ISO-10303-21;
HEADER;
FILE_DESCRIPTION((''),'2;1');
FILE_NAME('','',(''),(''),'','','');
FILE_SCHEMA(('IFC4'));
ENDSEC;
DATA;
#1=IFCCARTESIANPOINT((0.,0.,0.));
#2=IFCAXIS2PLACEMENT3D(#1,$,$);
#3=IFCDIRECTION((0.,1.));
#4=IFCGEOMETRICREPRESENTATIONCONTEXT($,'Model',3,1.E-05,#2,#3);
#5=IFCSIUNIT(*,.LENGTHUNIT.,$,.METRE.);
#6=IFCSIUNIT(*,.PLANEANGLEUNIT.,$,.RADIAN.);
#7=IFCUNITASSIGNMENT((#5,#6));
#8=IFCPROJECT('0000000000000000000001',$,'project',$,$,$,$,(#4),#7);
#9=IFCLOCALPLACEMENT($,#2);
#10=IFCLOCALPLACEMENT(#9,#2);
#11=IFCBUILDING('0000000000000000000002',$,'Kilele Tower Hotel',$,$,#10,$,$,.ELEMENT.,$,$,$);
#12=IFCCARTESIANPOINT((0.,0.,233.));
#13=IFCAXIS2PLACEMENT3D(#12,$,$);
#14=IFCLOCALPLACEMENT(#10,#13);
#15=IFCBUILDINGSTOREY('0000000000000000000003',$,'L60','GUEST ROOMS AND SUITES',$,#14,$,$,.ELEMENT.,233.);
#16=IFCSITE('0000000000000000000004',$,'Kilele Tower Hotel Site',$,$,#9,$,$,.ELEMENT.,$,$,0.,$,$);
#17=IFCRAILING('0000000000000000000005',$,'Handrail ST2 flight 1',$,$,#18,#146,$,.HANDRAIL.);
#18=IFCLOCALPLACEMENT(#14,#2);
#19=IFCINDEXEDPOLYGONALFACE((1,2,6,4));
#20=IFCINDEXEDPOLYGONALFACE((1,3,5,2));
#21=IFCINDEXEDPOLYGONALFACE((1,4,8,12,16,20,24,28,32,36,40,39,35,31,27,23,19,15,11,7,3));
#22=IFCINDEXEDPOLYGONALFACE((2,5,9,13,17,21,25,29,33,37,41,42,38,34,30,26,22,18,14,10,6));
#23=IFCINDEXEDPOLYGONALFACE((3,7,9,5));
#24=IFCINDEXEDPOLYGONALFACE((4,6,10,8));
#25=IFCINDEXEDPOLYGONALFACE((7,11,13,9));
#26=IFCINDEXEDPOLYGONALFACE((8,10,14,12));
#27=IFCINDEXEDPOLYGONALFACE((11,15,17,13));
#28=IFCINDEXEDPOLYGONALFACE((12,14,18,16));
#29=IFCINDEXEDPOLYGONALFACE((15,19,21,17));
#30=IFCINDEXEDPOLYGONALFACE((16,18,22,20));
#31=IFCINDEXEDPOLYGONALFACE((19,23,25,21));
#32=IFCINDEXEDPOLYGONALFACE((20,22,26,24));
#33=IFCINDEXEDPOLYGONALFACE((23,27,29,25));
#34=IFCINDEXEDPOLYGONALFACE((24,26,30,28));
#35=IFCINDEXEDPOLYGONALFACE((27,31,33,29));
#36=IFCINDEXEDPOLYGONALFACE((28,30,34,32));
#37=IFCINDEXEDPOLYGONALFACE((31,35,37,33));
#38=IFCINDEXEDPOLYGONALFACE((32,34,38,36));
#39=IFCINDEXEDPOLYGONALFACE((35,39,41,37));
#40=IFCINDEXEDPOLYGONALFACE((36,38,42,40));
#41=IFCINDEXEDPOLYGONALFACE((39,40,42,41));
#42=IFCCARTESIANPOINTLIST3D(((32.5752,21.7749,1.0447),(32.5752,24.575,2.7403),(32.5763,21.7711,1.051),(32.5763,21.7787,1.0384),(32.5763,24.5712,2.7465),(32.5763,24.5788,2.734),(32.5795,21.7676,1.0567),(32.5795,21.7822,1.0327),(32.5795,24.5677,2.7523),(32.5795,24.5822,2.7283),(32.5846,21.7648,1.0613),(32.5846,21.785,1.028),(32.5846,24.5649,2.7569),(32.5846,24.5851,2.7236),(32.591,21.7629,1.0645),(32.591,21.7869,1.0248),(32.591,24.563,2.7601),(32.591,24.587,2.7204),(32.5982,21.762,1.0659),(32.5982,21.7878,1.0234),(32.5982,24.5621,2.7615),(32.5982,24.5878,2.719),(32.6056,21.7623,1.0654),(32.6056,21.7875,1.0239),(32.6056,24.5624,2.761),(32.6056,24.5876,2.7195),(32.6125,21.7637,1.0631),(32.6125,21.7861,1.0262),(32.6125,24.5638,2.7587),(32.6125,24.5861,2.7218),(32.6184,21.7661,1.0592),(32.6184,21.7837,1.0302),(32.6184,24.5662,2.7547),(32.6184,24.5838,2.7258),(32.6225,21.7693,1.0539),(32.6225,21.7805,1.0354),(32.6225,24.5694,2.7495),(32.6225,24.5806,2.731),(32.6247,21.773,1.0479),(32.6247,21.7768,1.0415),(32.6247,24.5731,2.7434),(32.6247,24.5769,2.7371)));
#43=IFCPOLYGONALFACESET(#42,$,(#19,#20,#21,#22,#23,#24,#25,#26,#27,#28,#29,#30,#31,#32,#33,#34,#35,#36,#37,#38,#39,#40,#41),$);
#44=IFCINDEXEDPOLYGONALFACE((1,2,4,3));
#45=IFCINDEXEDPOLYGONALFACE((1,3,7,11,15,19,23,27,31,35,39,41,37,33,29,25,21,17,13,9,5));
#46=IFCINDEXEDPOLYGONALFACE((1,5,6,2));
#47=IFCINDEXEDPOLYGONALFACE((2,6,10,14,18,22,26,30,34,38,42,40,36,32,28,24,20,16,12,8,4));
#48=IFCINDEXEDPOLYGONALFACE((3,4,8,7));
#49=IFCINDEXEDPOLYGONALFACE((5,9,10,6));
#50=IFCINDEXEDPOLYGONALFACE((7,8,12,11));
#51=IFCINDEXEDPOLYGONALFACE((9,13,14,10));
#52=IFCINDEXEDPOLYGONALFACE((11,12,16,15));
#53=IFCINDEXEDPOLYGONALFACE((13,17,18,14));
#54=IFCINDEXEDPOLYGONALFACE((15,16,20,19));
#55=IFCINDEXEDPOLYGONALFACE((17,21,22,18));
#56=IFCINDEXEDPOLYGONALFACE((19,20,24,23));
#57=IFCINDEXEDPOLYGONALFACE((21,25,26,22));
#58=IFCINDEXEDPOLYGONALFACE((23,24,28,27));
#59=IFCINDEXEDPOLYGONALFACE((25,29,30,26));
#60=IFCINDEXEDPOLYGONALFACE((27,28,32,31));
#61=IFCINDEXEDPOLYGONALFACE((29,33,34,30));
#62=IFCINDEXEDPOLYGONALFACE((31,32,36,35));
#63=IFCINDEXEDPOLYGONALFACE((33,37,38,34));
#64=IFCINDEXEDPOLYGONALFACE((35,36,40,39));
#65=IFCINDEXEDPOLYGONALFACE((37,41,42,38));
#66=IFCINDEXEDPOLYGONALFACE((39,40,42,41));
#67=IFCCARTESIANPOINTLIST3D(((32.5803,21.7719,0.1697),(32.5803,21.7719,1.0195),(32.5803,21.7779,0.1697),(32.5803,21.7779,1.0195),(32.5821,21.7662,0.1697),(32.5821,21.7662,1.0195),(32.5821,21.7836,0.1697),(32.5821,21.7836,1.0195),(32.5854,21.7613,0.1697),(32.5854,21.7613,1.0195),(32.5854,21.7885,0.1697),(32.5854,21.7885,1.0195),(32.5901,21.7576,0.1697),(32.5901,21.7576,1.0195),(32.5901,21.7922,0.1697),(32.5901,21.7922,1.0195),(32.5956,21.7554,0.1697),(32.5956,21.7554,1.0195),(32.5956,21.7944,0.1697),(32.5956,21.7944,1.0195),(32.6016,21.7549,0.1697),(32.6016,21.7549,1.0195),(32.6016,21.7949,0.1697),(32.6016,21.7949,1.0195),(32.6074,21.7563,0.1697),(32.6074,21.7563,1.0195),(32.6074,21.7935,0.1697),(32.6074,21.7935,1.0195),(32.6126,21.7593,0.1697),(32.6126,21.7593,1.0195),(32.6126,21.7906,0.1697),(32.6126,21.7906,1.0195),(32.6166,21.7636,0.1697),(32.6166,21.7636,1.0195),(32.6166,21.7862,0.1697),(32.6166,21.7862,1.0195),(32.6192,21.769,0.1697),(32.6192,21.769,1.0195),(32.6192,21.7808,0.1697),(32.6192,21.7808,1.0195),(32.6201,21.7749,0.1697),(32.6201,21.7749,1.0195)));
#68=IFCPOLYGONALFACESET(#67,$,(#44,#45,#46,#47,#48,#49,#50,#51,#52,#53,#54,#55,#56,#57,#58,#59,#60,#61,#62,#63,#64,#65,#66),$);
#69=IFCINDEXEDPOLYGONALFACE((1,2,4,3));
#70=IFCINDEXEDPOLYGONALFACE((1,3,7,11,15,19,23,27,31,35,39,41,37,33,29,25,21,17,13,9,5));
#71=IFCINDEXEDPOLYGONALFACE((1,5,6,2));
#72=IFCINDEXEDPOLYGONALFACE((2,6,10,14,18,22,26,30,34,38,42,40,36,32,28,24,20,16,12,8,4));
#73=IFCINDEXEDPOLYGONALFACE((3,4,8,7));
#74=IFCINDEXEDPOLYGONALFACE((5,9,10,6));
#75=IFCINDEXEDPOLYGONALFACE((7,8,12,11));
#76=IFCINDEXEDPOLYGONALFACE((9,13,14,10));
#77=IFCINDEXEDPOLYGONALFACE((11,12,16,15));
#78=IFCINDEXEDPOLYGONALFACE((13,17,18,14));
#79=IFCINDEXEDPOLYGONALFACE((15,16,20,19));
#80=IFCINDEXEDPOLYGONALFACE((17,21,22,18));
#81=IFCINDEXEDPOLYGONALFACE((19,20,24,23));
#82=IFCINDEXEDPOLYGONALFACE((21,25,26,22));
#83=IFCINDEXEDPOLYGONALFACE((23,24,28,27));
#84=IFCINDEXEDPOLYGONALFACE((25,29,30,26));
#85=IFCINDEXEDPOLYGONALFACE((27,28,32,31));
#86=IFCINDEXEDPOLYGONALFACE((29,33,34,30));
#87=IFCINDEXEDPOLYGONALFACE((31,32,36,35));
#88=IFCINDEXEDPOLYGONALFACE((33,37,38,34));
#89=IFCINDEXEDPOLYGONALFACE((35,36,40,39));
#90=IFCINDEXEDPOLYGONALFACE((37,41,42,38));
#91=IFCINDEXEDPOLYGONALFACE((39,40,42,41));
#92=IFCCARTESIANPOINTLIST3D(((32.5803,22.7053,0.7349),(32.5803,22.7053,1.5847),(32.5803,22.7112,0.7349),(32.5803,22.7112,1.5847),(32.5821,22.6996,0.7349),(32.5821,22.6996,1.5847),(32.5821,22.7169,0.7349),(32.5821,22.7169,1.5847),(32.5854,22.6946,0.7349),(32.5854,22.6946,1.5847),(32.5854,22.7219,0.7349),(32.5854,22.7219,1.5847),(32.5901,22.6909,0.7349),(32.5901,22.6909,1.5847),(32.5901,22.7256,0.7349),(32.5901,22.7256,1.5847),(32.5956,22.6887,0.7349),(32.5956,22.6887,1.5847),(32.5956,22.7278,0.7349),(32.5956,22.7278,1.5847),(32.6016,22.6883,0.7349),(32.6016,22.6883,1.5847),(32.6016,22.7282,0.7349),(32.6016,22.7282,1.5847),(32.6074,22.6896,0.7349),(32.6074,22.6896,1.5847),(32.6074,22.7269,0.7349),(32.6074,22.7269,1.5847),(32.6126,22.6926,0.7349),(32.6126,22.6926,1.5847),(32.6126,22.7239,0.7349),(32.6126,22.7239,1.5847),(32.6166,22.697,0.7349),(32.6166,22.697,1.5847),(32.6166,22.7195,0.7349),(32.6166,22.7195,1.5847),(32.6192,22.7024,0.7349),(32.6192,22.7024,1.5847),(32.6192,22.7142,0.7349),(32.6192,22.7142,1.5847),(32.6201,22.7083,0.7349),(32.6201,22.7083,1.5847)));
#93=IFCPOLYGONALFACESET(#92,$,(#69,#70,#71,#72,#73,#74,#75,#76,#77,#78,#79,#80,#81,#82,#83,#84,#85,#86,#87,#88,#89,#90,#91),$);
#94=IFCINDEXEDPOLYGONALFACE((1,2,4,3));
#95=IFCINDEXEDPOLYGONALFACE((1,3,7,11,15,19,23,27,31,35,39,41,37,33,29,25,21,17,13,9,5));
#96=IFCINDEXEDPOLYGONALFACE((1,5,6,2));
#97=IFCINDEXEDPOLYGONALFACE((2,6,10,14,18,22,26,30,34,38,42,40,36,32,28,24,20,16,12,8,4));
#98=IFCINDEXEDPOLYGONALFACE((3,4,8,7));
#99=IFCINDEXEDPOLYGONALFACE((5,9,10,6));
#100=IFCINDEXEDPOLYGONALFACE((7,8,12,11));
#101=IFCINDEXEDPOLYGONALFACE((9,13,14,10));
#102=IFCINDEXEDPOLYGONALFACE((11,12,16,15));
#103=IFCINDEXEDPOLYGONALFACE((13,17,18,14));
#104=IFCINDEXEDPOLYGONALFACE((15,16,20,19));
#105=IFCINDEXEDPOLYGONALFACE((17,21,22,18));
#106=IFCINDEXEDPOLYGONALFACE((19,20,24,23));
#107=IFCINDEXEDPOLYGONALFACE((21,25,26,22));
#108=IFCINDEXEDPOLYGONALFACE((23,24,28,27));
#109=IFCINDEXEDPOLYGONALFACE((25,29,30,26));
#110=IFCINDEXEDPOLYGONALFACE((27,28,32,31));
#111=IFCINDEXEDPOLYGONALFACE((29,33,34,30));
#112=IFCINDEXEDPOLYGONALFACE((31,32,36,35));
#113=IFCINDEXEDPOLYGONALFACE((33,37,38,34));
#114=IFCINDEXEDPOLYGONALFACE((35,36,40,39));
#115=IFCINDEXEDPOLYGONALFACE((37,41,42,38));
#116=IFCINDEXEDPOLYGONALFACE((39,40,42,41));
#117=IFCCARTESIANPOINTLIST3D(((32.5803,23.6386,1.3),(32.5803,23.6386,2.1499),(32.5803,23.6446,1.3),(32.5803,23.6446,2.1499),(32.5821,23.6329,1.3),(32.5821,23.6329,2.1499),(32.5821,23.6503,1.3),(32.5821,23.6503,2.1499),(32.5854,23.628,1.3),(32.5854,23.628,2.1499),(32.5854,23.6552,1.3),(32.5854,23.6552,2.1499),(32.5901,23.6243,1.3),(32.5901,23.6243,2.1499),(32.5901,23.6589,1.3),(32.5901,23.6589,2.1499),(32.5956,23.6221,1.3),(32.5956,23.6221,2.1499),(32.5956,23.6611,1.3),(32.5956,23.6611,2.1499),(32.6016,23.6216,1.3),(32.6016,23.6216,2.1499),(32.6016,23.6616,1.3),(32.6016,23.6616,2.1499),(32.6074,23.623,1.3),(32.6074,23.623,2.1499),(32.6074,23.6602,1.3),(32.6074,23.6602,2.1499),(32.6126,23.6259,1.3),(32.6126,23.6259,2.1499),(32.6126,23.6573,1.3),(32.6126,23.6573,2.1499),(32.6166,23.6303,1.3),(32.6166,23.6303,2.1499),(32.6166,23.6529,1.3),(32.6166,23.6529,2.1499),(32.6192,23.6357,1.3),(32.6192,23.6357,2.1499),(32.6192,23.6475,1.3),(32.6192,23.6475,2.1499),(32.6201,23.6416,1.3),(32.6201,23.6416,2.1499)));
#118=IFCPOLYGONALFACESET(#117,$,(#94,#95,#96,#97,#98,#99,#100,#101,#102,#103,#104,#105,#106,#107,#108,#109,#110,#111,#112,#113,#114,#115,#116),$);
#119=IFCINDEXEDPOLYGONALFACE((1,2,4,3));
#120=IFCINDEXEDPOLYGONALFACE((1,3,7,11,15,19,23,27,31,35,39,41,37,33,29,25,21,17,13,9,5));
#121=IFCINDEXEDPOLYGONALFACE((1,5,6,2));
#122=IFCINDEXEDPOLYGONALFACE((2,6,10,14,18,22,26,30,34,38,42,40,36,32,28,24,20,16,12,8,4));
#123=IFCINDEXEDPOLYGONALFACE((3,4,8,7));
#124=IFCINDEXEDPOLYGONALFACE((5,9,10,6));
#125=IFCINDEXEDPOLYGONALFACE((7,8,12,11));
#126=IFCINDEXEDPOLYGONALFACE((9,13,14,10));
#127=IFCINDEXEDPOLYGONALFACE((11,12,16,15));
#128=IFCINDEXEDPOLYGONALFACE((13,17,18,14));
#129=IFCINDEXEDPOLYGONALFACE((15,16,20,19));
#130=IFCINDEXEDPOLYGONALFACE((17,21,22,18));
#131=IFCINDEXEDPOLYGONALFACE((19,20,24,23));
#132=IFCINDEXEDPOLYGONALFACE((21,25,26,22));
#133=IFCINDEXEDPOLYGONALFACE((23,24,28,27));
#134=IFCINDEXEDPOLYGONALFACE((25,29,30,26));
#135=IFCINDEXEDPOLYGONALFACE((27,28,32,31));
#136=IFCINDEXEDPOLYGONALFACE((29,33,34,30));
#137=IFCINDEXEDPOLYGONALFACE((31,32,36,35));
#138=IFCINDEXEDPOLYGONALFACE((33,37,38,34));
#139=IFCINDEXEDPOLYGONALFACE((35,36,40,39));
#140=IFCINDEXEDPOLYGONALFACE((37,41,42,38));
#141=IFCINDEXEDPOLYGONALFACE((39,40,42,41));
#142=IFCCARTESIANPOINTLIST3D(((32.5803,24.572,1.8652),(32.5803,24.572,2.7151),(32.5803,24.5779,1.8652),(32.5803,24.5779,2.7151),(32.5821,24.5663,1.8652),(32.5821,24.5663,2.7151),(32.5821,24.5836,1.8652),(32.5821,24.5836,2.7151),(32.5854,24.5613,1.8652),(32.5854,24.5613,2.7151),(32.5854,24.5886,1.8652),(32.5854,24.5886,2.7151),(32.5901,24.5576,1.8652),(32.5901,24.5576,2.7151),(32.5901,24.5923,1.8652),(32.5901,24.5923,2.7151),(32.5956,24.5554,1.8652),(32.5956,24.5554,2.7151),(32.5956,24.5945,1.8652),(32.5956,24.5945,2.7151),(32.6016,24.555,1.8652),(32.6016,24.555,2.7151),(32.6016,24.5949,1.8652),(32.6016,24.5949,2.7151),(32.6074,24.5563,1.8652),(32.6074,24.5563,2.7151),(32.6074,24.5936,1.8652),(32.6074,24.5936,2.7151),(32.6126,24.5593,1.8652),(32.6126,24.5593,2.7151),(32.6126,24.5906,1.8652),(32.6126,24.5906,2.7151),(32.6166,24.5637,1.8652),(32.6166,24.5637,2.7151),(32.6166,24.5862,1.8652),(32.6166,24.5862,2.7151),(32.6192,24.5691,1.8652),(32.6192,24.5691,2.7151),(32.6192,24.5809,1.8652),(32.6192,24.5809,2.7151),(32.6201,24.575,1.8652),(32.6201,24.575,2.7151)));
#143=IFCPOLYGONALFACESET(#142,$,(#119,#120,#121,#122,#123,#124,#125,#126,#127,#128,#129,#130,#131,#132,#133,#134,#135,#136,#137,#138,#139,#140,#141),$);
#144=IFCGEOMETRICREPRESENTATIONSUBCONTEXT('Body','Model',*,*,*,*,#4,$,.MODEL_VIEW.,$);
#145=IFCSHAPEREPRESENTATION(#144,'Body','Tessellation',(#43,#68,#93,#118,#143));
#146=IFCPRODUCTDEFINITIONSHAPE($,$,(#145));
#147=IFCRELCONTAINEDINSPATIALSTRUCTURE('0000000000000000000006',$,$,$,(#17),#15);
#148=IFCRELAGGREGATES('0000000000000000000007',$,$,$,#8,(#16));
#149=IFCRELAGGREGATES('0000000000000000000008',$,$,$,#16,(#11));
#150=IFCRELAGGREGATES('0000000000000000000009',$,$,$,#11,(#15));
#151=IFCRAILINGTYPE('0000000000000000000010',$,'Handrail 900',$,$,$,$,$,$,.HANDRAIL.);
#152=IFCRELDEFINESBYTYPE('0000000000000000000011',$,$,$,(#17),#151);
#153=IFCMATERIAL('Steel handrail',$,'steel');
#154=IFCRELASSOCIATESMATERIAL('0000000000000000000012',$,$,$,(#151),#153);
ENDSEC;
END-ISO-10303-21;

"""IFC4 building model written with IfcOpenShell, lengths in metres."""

from ifc_helpers import new_model, si_unit, direction, frame, origin, origin_2d, place, context, subcontext, project, spatial, circle, extrude, material, type_object, element, save


model = new_model("IFC4")

# Units and contexts
model_context = context("Model", 3, precision=1e-05, world=origin(), true_north=direction((0.0, 1.0)))
body_context = subcontext(model_context, "Body", "Model", "MODEL_VIEW")
ifc_project = project(units=[si_unit("LENGTHUNIT", "METRE"), si_unit("PLANEANGLEUNIT", "RADIAN")], contexts=[model_context])

# Site, building, storey
site_placement = place(None, origin())
site = spatial("IfcSite", under=ifc_project, at=site_placement, Name="Kilele Tower Hotel Site", CompositionType="ELEMENT", RefElevation=0.0)
building_placement = place(site_placement, origin())
building = spatial("IfcBuilding", under=site, at=building_placement, Name="Kilele Tower Hotel", CompositionType="ELEMENT")
storey_placement = place(building_placement, frame((0.0, 0.0, 233.0)))
storey = spatial("IfcBuildingStorey", under=building, at=storey_placement, Name="L60", Description="GUEST ROOMS AND SUITES", CompositionType="ELEMENT", Elevation=233.0)

# Railing
ifc_material_1 = material(Name="Steel handrail", Category="steel")
railing_type_1 = type_object("IfcRailingType", Name="Handrail 900", PredefinedType="HANDRAIL", material=ifc_material_1)
for number, where, name in (
    (1, (32.6001, 21.7749, 0.1697), "Handrail ST2 flight 1"),
):
    element("IfcRailing", number, at=place(storey_placement, frame(where)), inside=storey, type_object=railing_type_1, Name=name, PredefinedType="HANDRAIL", context=body_context, shape_type="SweptSolid", body=[
        extrude(circle(Radius=0.0249, at=origin_2d()), frame((0.0, 0.0, 0.875), z_axis=(0.0, 0.855393, 0.517979), x_axis=(-1.0, 0.0, 0.0)), (0.0, 0.0, 1.0), 3.2734),
        extrude(circle(Radius=0.02, at=origin_2d()), origin(), (0.0, 0.0, 1.0), 0.8499),
        extrude(circle(Radius=0.02, at=origin_2d()), frame((0.0, 0.9333, 0.5652)), (0.0, 0.0, 1.0), 0.8499),
        extrude(circle(Radius=0.02, at=origin_2d()), frame((0.0, 1.8667, 1.1304)), (0.0, 0.0, 1.0), 0.8499),
        extrude(circle(Radius=0.02, at=origin_2d()), frame((0.0, 2.8, 1.6956)), (0.0, 0.0, 1.0), 0.8499),
    ])

save(model, "model.ifc")
